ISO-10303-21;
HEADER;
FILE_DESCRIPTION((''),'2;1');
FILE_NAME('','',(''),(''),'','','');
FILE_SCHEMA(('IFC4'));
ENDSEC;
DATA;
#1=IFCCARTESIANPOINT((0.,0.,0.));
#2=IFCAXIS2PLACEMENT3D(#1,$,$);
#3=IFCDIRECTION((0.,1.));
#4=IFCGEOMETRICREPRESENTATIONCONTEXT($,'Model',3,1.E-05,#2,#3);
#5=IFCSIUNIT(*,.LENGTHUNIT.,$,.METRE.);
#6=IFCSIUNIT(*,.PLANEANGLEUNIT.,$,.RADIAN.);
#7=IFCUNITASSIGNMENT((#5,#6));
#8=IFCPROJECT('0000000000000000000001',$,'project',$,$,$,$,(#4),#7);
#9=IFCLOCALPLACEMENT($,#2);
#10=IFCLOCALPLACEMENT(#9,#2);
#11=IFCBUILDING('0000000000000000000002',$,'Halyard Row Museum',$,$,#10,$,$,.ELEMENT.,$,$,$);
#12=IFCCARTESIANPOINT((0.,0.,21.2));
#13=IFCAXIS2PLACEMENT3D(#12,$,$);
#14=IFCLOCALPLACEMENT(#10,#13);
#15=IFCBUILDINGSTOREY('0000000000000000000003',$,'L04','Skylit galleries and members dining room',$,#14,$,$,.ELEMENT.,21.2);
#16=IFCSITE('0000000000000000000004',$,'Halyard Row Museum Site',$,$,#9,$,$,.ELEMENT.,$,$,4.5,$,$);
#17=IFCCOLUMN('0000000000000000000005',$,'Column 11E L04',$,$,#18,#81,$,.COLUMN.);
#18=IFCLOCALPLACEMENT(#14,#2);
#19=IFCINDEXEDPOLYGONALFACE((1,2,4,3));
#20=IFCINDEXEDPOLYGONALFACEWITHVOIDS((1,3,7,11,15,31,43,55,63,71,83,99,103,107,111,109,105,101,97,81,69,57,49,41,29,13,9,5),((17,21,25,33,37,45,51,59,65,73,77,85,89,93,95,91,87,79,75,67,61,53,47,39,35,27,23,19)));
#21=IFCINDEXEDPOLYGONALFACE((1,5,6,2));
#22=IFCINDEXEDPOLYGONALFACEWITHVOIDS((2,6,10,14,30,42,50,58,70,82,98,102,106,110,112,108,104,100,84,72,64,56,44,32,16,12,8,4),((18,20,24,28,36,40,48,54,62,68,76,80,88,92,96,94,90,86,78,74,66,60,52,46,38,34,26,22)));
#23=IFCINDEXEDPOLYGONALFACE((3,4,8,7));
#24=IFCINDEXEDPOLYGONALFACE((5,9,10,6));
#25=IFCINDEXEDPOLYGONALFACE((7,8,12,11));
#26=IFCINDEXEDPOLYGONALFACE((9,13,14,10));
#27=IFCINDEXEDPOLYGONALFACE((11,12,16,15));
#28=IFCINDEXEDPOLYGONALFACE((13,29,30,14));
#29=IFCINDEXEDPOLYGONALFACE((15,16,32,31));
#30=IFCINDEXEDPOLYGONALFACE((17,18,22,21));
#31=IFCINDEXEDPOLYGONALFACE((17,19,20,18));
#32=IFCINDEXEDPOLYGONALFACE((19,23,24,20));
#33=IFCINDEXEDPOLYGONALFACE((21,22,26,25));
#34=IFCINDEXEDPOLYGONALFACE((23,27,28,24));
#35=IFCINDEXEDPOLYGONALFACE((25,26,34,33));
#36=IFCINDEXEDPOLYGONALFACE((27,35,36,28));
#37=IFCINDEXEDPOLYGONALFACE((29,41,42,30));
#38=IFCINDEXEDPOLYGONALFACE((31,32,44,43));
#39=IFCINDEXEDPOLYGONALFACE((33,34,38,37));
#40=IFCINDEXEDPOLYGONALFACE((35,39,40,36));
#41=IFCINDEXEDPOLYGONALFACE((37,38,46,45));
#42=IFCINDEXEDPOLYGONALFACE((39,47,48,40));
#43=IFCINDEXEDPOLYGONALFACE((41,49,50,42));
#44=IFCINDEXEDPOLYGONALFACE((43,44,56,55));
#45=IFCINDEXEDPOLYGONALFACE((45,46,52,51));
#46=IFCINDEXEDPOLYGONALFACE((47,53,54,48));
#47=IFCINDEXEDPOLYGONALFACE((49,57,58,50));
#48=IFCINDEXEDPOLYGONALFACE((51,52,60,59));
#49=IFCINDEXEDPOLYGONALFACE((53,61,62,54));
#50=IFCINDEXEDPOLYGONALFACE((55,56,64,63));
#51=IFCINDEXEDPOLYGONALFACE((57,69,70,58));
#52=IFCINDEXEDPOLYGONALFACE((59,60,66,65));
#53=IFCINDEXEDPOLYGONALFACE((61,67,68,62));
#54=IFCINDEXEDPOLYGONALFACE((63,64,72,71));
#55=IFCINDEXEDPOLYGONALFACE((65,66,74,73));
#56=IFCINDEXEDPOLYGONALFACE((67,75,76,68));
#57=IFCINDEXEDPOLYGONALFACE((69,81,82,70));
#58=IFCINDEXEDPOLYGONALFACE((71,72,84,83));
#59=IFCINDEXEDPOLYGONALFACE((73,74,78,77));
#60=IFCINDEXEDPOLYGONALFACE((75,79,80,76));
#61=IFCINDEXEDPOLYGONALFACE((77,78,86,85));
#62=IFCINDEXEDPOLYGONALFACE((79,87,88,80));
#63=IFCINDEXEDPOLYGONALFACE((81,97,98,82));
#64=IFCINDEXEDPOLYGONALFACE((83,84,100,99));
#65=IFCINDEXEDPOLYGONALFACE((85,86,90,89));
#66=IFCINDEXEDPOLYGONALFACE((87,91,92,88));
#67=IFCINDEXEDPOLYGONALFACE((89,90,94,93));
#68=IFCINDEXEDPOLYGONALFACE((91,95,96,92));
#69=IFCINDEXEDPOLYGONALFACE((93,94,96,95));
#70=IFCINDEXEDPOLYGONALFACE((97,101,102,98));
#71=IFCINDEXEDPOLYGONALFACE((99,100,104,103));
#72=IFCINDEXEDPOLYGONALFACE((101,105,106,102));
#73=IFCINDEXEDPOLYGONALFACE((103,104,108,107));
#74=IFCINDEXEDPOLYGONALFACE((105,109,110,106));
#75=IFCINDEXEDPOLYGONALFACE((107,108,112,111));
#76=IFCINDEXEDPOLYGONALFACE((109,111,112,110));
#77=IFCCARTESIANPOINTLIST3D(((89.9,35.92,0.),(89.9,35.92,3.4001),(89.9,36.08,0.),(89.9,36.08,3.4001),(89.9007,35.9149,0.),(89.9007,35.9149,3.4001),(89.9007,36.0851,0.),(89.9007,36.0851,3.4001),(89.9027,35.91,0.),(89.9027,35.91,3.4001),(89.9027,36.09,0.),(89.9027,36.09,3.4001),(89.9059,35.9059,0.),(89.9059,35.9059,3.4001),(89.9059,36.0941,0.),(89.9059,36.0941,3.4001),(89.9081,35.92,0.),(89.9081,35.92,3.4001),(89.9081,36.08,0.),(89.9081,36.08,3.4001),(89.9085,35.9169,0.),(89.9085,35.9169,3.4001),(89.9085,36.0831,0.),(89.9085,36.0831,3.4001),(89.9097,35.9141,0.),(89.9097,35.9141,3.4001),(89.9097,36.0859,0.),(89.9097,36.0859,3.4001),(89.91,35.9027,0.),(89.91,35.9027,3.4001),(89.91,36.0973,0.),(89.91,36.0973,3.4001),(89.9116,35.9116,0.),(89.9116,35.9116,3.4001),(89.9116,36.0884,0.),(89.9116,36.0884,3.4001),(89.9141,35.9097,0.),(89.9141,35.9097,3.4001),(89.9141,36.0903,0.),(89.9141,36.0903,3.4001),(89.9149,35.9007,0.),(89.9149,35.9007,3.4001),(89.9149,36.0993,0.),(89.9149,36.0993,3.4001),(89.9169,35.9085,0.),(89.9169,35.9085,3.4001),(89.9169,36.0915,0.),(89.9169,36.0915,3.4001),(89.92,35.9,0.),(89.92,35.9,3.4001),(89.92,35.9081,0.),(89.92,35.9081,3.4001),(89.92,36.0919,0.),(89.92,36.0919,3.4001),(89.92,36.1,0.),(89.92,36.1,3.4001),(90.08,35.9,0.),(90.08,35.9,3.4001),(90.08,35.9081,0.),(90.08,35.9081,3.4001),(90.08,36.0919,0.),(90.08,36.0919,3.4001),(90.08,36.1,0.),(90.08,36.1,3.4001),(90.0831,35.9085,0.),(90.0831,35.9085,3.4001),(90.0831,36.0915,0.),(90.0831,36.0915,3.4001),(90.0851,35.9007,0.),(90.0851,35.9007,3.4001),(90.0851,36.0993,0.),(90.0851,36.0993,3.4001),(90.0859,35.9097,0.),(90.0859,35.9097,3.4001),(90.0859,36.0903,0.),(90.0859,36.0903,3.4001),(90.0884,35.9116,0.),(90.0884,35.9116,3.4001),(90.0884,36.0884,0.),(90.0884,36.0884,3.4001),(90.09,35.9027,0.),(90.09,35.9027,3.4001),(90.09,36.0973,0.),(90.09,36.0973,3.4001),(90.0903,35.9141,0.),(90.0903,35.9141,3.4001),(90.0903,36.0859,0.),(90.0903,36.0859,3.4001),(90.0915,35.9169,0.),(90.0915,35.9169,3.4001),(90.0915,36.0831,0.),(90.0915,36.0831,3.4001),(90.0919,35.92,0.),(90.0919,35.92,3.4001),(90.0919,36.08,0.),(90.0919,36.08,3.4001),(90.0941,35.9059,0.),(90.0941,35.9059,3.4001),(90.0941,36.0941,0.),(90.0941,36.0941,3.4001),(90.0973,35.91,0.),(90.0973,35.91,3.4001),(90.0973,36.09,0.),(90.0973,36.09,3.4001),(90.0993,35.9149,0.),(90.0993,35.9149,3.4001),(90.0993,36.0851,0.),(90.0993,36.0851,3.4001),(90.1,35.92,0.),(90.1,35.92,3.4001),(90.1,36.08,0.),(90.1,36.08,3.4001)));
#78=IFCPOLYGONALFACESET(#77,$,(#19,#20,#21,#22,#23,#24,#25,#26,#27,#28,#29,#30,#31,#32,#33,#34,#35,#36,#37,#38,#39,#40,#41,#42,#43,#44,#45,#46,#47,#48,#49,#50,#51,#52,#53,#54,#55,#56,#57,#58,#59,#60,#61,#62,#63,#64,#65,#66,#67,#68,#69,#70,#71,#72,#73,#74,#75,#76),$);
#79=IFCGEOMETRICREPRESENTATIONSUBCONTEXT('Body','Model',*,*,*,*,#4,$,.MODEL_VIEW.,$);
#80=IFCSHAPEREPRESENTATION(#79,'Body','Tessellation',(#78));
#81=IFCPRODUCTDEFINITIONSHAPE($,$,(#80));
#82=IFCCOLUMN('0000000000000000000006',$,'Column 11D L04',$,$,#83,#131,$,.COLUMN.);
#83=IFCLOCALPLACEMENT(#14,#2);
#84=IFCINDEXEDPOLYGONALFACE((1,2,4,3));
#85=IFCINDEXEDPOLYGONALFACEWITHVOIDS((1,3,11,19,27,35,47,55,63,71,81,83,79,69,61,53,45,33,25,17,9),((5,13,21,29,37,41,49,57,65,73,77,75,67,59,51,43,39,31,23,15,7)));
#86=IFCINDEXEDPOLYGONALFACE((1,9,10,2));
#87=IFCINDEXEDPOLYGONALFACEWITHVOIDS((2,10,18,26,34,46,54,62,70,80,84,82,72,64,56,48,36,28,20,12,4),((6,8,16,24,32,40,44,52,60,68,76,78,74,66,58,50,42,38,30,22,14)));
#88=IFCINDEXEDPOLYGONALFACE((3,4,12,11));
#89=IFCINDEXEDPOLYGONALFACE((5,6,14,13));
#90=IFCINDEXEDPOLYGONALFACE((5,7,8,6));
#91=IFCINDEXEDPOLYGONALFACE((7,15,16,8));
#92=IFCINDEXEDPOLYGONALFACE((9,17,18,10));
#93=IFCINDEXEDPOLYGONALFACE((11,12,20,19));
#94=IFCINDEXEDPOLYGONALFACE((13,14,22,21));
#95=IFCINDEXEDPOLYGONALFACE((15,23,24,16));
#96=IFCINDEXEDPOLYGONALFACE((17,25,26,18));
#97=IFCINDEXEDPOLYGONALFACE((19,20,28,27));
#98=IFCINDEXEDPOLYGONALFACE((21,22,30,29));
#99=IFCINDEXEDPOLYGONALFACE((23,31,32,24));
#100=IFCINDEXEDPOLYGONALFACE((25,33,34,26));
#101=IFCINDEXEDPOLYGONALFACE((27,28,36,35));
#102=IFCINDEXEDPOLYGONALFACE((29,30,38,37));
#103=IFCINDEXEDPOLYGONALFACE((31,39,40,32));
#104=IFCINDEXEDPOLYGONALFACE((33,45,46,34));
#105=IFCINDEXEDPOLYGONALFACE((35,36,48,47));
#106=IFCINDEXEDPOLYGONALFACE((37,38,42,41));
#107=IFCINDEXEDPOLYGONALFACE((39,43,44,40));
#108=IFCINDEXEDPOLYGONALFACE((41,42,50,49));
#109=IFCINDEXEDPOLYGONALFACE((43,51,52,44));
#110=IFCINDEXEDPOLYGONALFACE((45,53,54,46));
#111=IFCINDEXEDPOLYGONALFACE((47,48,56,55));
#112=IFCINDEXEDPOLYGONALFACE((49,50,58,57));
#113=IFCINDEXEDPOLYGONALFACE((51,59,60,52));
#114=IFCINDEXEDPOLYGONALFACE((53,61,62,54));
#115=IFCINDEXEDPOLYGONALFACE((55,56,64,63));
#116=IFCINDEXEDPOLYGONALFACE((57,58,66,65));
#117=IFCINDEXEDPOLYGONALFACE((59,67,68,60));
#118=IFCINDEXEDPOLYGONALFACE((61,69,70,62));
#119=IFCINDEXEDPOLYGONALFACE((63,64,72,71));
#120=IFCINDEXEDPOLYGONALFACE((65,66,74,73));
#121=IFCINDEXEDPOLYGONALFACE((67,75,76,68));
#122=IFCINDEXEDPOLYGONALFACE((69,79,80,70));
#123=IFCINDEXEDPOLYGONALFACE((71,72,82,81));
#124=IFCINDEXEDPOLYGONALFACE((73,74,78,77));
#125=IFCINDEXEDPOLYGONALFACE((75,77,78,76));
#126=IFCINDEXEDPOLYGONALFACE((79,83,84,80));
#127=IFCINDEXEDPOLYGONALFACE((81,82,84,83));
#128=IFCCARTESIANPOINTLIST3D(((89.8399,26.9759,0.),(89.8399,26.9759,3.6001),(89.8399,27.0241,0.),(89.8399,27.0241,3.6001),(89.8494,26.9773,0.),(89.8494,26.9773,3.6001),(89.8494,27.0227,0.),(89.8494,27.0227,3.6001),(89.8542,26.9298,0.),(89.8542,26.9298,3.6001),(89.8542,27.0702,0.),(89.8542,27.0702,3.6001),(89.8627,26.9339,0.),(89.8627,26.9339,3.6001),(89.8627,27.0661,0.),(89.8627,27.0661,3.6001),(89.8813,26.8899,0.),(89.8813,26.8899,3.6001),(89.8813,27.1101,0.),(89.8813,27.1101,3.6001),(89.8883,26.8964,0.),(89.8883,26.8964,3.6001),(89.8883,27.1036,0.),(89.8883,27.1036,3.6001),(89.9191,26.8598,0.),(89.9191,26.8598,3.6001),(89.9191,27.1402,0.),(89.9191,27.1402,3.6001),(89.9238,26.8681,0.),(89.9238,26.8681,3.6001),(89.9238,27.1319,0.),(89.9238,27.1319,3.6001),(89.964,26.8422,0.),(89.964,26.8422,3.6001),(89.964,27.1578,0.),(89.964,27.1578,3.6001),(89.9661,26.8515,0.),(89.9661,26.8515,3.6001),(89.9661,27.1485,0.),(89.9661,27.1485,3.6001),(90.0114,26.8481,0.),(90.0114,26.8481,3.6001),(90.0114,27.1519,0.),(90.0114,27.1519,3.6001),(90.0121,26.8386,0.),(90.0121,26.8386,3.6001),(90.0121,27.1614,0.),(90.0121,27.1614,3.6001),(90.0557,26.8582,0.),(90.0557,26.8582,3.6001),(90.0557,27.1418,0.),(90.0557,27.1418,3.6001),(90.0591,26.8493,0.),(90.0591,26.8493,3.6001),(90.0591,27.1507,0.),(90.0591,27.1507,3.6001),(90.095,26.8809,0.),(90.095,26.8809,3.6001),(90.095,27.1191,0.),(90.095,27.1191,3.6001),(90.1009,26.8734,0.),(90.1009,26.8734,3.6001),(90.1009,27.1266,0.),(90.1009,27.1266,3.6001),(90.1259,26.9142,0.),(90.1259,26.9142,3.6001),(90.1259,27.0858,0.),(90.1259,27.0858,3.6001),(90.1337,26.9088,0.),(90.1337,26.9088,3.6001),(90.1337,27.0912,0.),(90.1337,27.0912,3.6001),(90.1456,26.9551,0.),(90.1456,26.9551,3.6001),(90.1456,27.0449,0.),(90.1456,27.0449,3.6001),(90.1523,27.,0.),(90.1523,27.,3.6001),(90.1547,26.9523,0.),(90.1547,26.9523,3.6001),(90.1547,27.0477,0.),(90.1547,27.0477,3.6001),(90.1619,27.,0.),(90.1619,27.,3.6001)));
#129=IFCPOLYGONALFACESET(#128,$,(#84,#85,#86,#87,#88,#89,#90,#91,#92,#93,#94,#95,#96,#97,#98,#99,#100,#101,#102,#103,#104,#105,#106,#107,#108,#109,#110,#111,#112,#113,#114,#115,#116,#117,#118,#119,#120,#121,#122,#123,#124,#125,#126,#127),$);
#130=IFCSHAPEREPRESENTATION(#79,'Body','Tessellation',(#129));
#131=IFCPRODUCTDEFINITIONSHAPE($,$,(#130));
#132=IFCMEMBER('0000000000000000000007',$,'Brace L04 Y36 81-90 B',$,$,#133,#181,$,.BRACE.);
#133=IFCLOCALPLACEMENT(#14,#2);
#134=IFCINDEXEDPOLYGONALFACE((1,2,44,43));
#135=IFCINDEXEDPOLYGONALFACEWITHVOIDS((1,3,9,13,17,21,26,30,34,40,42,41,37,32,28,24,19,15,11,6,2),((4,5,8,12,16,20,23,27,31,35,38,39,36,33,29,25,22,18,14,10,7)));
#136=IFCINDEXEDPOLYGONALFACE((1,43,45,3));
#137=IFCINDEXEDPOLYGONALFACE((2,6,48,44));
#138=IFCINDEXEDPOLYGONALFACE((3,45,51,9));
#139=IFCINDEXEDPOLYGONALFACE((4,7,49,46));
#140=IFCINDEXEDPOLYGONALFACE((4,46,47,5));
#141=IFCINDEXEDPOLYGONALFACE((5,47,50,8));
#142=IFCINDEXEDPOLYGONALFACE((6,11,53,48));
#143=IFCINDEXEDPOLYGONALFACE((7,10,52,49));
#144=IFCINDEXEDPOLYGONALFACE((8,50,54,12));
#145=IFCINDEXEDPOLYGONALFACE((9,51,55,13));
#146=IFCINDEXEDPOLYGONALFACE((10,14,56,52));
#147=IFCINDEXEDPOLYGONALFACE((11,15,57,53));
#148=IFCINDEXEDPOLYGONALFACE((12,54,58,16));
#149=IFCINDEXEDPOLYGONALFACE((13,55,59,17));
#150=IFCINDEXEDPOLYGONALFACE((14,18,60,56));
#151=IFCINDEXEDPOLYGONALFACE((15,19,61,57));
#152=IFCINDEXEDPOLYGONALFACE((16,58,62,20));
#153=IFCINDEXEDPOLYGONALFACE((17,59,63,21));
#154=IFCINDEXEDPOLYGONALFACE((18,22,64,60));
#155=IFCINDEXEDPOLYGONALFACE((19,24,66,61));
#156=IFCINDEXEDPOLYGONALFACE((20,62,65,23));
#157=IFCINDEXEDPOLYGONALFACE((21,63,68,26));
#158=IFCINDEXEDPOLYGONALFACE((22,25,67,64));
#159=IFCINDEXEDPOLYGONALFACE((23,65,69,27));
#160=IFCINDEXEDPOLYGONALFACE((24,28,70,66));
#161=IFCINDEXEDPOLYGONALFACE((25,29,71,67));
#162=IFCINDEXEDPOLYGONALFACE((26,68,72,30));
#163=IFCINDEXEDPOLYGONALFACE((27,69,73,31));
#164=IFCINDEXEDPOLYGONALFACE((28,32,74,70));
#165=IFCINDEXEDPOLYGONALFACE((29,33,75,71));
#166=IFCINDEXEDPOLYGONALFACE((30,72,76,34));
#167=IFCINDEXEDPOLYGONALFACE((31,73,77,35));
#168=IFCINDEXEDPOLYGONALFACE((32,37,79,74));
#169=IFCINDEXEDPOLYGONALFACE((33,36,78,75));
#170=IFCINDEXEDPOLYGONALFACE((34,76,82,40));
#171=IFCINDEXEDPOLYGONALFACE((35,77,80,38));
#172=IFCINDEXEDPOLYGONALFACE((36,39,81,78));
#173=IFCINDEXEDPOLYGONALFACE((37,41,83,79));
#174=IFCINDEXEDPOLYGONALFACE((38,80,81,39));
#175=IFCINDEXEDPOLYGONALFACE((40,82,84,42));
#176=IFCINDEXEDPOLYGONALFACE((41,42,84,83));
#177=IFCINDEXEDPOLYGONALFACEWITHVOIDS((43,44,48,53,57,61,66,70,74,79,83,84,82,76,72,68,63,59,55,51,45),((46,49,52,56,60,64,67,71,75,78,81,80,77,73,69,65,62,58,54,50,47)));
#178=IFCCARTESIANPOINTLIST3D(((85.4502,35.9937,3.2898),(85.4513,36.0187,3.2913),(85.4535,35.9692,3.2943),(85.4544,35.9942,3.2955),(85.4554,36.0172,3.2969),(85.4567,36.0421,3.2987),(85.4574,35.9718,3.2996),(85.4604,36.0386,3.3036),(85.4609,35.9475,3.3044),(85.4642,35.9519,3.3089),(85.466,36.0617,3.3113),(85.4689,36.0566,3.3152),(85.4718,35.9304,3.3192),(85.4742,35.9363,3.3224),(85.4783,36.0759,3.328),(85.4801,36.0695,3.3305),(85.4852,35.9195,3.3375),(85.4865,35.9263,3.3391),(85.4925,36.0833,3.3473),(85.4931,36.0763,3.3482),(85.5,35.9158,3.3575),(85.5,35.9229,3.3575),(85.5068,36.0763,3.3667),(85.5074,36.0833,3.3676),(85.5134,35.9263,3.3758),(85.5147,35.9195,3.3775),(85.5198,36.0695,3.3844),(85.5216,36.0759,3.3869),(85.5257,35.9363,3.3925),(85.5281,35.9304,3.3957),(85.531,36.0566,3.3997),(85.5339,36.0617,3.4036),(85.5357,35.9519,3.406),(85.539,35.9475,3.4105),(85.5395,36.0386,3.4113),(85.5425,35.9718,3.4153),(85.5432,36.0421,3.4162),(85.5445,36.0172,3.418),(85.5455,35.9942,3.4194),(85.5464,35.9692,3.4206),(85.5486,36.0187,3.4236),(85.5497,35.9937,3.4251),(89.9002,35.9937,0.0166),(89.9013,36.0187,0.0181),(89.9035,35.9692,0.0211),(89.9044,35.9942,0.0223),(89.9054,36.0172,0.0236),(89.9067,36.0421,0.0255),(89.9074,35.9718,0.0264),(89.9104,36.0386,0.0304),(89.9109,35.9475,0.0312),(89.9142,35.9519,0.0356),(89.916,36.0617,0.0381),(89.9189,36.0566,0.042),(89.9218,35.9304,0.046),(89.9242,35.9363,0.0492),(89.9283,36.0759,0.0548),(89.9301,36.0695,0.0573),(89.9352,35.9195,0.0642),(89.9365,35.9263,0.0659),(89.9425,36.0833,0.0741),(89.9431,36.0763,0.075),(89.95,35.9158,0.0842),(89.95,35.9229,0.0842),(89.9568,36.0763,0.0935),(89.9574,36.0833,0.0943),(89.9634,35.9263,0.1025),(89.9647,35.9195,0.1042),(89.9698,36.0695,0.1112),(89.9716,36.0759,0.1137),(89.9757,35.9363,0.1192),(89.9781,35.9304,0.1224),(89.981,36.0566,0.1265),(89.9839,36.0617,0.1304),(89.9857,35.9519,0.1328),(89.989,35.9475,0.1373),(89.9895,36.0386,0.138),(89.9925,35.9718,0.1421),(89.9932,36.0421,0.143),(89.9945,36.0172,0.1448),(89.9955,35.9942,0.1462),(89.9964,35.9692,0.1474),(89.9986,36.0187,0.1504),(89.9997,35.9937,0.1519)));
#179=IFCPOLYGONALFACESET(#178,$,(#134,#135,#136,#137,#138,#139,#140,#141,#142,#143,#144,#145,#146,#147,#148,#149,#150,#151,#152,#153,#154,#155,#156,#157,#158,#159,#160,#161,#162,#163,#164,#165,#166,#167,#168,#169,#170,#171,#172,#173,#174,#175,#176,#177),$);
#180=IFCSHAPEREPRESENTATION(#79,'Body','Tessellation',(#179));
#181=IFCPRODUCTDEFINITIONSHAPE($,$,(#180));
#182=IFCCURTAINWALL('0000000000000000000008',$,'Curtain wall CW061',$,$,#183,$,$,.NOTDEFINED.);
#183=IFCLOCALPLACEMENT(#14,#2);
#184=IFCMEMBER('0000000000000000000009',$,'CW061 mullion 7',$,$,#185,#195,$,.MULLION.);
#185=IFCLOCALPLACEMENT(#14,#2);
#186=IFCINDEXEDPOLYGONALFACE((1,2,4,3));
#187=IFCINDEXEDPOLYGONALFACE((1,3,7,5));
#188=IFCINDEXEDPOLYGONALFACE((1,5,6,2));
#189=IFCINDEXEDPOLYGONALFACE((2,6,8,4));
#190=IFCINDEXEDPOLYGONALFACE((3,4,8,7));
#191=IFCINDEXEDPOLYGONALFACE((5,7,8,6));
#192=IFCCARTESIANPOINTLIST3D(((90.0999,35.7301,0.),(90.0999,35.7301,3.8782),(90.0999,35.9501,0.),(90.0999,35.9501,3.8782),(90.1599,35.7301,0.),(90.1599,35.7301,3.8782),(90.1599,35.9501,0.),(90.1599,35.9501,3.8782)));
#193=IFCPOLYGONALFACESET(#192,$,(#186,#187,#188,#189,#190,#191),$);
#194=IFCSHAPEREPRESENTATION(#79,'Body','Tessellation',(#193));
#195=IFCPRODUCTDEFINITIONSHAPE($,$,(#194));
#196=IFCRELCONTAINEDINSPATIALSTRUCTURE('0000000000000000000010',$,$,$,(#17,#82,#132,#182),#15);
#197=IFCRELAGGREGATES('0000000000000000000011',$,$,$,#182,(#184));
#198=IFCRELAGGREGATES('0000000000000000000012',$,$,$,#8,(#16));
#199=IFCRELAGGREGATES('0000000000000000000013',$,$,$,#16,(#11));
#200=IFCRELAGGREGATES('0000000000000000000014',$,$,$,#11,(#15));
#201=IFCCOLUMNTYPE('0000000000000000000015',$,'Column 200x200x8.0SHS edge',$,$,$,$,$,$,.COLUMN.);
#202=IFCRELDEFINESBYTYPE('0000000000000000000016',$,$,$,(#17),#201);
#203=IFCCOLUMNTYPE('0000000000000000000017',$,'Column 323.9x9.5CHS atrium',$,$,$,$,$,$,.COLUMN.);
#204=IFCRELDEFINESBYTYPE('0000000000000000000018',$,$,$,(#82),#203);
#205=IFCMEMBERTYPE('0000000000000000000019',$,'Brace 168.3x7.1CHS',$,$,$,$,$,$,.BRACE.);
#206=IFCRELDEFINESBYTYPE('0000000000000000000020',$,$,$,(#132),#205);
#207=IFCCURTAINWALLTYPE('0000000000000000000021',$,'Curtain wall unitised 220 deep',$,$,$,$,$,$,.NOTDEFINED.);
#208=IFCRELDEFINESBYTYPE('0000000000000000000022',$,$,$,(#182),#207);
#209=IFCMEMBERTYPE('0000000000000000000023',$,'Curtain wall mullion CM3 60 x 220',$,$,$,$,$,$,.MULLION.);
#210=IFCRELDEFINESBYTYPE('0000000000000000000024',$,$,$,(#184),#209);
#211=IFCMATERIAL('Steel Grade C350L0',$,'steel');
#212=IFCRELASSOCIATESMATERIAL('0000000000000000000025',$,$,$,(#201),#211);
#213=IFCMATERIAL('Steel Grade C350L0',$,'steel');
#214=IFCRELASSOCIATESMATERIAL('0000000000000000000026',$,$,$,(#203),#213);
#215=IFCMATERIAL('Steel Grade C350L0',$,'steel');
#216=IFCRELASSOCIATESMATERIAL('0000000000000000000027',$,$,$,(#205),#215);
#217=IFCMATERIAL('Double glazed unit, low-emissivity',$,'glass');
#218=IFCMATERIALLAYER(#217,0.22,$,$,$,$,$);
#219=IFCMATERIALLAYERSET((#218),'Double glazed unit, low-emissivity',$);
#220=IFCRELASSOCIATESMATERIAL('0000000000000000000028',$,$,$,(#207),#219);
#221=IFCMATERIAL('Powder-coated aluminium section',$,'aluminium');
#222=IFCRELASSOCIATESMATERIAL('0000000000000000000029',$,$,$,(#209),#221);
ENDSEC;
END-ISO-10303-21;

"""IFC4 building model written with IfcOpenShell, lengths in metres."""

from ifc_helpers import new_model, si_unit, direction, frame, origin, origin_2d, place, context, subcontext, project, spatial, rectangle, hollow_rectangle, hollow_circle, extrude, material, layer, layer_set, material_profile, profile_set, type_object, element, aggregate, save


model = new_model("IFC4")

# Units and contexts
model_context = context("Model", 3, precision=1e-05, world=origin(), true_north=direction((0.0, 1.0)))
body_context = subcontext(model_context, "Body", "Model", "MODEL_VIEW")
ifc_project = project(units=[si_unit("LENGTHUNIT", "METRE"), si_unit("PLANEANGLEUNIT", "RADIAN")], contexts=[model_context])

# Site, building, storey
site_placement = place(None, origin())
site = spatial("IfcSite", under=ifc_project, at=site_placement, Name="Halyard Row Museum Site", CompositionType="ELEMENT", RefElevation=4.5)
building_placement = place(site_placement, origin())
building = spatial("IfcBuilding", under=site, at=building_placement, Name="Halyard Row Museum", CompositionType="ELEMENT")
storey_placement = place(building_placement, frame((0.0, 0.0, 21.2)))
storey = spatial("IfcBuildingStorey", under=building, at=storey_placement, Name="L04", Description="Skylit galleries and members dining room", CompositionType="ELEMENT", Elevation=21.2)

# Columns
ifc_material_1 = material(Name="Steel Grade C350L0", Category="steel")
ifc_material_profile_1 = material_profile(ifc_material_1, hollow_rectangle(XDim=0.2, YDim=0.2, WallThickness=0.0081, InnerFilletRadius=0.012, OuterFilletRadius=0.02, at=origin_2d()), Name="200x200x8.0SHS")
ifc_profile_set_1 = profile_set([ifc_material_profile_1], Name="Steel Grade C350L0")
column_type_1 = type_object("IfcColumnType", Name="Column 200x200x8.0SHS edge", PredefinedType="COLUMN", material=ifc_profile_set_1)
column_1_placement = place(storey_placement, frame((90.0, 36.0, 0.0), z_axis=(0.0, 0.0, 1.0), x_axis=(1.0, 0.0, 0.0)))
element("IfcColumn", 1, at=column_1_placement, inside=storey, type_object=column_type_1, Name="Column 11E L04", PredefinedType="COLUMN", context=body_context, shape_type="SweptSolid", body=[
    extrude(hollow_rectangle(XDim=0.2, YDim=0.2, WallThickness=0.0081, InnerFilletRadius=0.012, OuterFilletRadius=0.02, at=origin_2d()), origin(), (0.0, 0.0, 1.0), 3.4001),
])
ifc_material_2 = material(Name="Steel Grade C350L0", Category="steel")
ifc_material_profile_2 = material_profile(ifc_material_2, hollow_circle(Radius=0.1619, WallThickness=0.0095, at=origin_2d()), Name="323.9x9.5CHS")
ifc_profile_set_2 = profile_set([ifc_material_profile_2], Name="Steel Grade C350L0")
column_type_2 = type_object("IfcColumnType", Name="Column 323.9x9.5CHS atrium", PredefinedType="COLUMN", material=ifc_profile_set_2)
column_2_placement = place(storey_placement, frame((90.0, 27.0, 0.0), z_axis=(0.0, 0.0, 1.0), x_axis=(1.0, 0.0, 0.0)))
element("IfcColumn", 2, at=column_2_placement, inside=storey, type_object=column_type_2, Name="Column 11D L04", PredefinedType="COLUMN", context=body_context, shape_type="SweptSolid", body=[
    extrude(hollow_circle(Radius=0.1619, WallThickness=0.0095, at=origin_2d()), origin(), (0.0, 0.0, 1.0), 3.6001),
])

# Member
ifc_material_3 = material(Name="Steel Grade C350L0", Category="steel")
ifc_material_profile_3 = material_profile(ifc_material_3, hollow_circle(Radius=0.0842, WallThickness=0.0071, at=origin_2d()), Name="168.3x7.1CHS")
ifc_profile_set_3 = profile_set([ifc_material_profile_3], Name="Steel Grade C350L0")
member_type_1 = type_object("IfcMemberType", Name="Brace 168.3x7.1CHS", PredefinedType="BRACE", material=ifc_profile_set_3)
member_1_placement = place(storey_placement, frame((89.95, 36.0, 0.0842), z_axis=(-0.80555, 0.0, 0.592528), x_axis=(0.0, -1.0, 0.0)))
element("IfcMember", 3, at=member_1_placement, inside=storey, type_object=member_type_1, Name="Brace L04 Y36 81-90 B", PredefinedType="BRACE", context=body_context, shape_type="SweptSolid", body=[
    extrude(hollow_circle(Radius=0.0842, WallThickness=0.0071, at=origin_2d()), origin(), (0.0, 0.0, 1.0), 5.5242),
])

# Curtain wall, member
ifc_material_4 = material(Name="Double glazed unit, low-emissivity", Category="glass")
ifc_layer_1 = layer(ifc_material_4, 0.22)
ifc_layer_set_1 = layer_set([ifc_layer_1], Name="Double glazed unit, low-emissivity")
curtain_wall_type_1 = type_object("IfcCurtainWallType", Name="Curtain wall unitised 220 deep", PredefinedType="NOTDEFINED", material=ifc_layer_set_1)
curtain_wall_1_placement = place(storey_placement, origin())
curtain_wall_1 = element("IfcCurtainWall", 4, at=curtain_wall_1_placement, inside=storey, type_object=curtain_wall_type_1, Name="Curtain wall CW061", PredefinedType="NOTDEFINED")
ifc_material_5 = material(Name="Powder-coated aluminium section", Category="aluminium")
ifc_material_profile_4 = material_profile(ifc_material_5, rectangle(XDim=0.22, YDim=0.0601, at=origin_2d()), Name="220x60 mullion")
ifc_profile_set_4 = profile_set([ifc_material_profile_4], Name="Powder-coated aluminium section")
member_type_2 = type_object("IfcMemberType", Name="Curtain wall mullion CM3 60 x 220", PredefinedType="MULLION", material=ifc_profile_set_4)
member_2_placement = place(storey_placement, frame((90.1299, 35.8401, 0.0), z_axis=(0.0, 0.0, 1.0), x_axis=(0.0, -1.0, 0.0)))
member_2 = element("IfcMember", 5, at=member_2_placement, type_object=member_type_2, Name="CW061 mullion 7", PredefinedType="MULLION", context=body_context, shape_type="SweptSolid", body=[
    extrude(rectangle(XDim=0.22, YDim=0.0601, at=origin_2d()), origin(), (0.0, 0.0, 1.0), 3.8782),
])
aggregate(curtain_wall_1, [member_2])

save(model, "model.ifc")
